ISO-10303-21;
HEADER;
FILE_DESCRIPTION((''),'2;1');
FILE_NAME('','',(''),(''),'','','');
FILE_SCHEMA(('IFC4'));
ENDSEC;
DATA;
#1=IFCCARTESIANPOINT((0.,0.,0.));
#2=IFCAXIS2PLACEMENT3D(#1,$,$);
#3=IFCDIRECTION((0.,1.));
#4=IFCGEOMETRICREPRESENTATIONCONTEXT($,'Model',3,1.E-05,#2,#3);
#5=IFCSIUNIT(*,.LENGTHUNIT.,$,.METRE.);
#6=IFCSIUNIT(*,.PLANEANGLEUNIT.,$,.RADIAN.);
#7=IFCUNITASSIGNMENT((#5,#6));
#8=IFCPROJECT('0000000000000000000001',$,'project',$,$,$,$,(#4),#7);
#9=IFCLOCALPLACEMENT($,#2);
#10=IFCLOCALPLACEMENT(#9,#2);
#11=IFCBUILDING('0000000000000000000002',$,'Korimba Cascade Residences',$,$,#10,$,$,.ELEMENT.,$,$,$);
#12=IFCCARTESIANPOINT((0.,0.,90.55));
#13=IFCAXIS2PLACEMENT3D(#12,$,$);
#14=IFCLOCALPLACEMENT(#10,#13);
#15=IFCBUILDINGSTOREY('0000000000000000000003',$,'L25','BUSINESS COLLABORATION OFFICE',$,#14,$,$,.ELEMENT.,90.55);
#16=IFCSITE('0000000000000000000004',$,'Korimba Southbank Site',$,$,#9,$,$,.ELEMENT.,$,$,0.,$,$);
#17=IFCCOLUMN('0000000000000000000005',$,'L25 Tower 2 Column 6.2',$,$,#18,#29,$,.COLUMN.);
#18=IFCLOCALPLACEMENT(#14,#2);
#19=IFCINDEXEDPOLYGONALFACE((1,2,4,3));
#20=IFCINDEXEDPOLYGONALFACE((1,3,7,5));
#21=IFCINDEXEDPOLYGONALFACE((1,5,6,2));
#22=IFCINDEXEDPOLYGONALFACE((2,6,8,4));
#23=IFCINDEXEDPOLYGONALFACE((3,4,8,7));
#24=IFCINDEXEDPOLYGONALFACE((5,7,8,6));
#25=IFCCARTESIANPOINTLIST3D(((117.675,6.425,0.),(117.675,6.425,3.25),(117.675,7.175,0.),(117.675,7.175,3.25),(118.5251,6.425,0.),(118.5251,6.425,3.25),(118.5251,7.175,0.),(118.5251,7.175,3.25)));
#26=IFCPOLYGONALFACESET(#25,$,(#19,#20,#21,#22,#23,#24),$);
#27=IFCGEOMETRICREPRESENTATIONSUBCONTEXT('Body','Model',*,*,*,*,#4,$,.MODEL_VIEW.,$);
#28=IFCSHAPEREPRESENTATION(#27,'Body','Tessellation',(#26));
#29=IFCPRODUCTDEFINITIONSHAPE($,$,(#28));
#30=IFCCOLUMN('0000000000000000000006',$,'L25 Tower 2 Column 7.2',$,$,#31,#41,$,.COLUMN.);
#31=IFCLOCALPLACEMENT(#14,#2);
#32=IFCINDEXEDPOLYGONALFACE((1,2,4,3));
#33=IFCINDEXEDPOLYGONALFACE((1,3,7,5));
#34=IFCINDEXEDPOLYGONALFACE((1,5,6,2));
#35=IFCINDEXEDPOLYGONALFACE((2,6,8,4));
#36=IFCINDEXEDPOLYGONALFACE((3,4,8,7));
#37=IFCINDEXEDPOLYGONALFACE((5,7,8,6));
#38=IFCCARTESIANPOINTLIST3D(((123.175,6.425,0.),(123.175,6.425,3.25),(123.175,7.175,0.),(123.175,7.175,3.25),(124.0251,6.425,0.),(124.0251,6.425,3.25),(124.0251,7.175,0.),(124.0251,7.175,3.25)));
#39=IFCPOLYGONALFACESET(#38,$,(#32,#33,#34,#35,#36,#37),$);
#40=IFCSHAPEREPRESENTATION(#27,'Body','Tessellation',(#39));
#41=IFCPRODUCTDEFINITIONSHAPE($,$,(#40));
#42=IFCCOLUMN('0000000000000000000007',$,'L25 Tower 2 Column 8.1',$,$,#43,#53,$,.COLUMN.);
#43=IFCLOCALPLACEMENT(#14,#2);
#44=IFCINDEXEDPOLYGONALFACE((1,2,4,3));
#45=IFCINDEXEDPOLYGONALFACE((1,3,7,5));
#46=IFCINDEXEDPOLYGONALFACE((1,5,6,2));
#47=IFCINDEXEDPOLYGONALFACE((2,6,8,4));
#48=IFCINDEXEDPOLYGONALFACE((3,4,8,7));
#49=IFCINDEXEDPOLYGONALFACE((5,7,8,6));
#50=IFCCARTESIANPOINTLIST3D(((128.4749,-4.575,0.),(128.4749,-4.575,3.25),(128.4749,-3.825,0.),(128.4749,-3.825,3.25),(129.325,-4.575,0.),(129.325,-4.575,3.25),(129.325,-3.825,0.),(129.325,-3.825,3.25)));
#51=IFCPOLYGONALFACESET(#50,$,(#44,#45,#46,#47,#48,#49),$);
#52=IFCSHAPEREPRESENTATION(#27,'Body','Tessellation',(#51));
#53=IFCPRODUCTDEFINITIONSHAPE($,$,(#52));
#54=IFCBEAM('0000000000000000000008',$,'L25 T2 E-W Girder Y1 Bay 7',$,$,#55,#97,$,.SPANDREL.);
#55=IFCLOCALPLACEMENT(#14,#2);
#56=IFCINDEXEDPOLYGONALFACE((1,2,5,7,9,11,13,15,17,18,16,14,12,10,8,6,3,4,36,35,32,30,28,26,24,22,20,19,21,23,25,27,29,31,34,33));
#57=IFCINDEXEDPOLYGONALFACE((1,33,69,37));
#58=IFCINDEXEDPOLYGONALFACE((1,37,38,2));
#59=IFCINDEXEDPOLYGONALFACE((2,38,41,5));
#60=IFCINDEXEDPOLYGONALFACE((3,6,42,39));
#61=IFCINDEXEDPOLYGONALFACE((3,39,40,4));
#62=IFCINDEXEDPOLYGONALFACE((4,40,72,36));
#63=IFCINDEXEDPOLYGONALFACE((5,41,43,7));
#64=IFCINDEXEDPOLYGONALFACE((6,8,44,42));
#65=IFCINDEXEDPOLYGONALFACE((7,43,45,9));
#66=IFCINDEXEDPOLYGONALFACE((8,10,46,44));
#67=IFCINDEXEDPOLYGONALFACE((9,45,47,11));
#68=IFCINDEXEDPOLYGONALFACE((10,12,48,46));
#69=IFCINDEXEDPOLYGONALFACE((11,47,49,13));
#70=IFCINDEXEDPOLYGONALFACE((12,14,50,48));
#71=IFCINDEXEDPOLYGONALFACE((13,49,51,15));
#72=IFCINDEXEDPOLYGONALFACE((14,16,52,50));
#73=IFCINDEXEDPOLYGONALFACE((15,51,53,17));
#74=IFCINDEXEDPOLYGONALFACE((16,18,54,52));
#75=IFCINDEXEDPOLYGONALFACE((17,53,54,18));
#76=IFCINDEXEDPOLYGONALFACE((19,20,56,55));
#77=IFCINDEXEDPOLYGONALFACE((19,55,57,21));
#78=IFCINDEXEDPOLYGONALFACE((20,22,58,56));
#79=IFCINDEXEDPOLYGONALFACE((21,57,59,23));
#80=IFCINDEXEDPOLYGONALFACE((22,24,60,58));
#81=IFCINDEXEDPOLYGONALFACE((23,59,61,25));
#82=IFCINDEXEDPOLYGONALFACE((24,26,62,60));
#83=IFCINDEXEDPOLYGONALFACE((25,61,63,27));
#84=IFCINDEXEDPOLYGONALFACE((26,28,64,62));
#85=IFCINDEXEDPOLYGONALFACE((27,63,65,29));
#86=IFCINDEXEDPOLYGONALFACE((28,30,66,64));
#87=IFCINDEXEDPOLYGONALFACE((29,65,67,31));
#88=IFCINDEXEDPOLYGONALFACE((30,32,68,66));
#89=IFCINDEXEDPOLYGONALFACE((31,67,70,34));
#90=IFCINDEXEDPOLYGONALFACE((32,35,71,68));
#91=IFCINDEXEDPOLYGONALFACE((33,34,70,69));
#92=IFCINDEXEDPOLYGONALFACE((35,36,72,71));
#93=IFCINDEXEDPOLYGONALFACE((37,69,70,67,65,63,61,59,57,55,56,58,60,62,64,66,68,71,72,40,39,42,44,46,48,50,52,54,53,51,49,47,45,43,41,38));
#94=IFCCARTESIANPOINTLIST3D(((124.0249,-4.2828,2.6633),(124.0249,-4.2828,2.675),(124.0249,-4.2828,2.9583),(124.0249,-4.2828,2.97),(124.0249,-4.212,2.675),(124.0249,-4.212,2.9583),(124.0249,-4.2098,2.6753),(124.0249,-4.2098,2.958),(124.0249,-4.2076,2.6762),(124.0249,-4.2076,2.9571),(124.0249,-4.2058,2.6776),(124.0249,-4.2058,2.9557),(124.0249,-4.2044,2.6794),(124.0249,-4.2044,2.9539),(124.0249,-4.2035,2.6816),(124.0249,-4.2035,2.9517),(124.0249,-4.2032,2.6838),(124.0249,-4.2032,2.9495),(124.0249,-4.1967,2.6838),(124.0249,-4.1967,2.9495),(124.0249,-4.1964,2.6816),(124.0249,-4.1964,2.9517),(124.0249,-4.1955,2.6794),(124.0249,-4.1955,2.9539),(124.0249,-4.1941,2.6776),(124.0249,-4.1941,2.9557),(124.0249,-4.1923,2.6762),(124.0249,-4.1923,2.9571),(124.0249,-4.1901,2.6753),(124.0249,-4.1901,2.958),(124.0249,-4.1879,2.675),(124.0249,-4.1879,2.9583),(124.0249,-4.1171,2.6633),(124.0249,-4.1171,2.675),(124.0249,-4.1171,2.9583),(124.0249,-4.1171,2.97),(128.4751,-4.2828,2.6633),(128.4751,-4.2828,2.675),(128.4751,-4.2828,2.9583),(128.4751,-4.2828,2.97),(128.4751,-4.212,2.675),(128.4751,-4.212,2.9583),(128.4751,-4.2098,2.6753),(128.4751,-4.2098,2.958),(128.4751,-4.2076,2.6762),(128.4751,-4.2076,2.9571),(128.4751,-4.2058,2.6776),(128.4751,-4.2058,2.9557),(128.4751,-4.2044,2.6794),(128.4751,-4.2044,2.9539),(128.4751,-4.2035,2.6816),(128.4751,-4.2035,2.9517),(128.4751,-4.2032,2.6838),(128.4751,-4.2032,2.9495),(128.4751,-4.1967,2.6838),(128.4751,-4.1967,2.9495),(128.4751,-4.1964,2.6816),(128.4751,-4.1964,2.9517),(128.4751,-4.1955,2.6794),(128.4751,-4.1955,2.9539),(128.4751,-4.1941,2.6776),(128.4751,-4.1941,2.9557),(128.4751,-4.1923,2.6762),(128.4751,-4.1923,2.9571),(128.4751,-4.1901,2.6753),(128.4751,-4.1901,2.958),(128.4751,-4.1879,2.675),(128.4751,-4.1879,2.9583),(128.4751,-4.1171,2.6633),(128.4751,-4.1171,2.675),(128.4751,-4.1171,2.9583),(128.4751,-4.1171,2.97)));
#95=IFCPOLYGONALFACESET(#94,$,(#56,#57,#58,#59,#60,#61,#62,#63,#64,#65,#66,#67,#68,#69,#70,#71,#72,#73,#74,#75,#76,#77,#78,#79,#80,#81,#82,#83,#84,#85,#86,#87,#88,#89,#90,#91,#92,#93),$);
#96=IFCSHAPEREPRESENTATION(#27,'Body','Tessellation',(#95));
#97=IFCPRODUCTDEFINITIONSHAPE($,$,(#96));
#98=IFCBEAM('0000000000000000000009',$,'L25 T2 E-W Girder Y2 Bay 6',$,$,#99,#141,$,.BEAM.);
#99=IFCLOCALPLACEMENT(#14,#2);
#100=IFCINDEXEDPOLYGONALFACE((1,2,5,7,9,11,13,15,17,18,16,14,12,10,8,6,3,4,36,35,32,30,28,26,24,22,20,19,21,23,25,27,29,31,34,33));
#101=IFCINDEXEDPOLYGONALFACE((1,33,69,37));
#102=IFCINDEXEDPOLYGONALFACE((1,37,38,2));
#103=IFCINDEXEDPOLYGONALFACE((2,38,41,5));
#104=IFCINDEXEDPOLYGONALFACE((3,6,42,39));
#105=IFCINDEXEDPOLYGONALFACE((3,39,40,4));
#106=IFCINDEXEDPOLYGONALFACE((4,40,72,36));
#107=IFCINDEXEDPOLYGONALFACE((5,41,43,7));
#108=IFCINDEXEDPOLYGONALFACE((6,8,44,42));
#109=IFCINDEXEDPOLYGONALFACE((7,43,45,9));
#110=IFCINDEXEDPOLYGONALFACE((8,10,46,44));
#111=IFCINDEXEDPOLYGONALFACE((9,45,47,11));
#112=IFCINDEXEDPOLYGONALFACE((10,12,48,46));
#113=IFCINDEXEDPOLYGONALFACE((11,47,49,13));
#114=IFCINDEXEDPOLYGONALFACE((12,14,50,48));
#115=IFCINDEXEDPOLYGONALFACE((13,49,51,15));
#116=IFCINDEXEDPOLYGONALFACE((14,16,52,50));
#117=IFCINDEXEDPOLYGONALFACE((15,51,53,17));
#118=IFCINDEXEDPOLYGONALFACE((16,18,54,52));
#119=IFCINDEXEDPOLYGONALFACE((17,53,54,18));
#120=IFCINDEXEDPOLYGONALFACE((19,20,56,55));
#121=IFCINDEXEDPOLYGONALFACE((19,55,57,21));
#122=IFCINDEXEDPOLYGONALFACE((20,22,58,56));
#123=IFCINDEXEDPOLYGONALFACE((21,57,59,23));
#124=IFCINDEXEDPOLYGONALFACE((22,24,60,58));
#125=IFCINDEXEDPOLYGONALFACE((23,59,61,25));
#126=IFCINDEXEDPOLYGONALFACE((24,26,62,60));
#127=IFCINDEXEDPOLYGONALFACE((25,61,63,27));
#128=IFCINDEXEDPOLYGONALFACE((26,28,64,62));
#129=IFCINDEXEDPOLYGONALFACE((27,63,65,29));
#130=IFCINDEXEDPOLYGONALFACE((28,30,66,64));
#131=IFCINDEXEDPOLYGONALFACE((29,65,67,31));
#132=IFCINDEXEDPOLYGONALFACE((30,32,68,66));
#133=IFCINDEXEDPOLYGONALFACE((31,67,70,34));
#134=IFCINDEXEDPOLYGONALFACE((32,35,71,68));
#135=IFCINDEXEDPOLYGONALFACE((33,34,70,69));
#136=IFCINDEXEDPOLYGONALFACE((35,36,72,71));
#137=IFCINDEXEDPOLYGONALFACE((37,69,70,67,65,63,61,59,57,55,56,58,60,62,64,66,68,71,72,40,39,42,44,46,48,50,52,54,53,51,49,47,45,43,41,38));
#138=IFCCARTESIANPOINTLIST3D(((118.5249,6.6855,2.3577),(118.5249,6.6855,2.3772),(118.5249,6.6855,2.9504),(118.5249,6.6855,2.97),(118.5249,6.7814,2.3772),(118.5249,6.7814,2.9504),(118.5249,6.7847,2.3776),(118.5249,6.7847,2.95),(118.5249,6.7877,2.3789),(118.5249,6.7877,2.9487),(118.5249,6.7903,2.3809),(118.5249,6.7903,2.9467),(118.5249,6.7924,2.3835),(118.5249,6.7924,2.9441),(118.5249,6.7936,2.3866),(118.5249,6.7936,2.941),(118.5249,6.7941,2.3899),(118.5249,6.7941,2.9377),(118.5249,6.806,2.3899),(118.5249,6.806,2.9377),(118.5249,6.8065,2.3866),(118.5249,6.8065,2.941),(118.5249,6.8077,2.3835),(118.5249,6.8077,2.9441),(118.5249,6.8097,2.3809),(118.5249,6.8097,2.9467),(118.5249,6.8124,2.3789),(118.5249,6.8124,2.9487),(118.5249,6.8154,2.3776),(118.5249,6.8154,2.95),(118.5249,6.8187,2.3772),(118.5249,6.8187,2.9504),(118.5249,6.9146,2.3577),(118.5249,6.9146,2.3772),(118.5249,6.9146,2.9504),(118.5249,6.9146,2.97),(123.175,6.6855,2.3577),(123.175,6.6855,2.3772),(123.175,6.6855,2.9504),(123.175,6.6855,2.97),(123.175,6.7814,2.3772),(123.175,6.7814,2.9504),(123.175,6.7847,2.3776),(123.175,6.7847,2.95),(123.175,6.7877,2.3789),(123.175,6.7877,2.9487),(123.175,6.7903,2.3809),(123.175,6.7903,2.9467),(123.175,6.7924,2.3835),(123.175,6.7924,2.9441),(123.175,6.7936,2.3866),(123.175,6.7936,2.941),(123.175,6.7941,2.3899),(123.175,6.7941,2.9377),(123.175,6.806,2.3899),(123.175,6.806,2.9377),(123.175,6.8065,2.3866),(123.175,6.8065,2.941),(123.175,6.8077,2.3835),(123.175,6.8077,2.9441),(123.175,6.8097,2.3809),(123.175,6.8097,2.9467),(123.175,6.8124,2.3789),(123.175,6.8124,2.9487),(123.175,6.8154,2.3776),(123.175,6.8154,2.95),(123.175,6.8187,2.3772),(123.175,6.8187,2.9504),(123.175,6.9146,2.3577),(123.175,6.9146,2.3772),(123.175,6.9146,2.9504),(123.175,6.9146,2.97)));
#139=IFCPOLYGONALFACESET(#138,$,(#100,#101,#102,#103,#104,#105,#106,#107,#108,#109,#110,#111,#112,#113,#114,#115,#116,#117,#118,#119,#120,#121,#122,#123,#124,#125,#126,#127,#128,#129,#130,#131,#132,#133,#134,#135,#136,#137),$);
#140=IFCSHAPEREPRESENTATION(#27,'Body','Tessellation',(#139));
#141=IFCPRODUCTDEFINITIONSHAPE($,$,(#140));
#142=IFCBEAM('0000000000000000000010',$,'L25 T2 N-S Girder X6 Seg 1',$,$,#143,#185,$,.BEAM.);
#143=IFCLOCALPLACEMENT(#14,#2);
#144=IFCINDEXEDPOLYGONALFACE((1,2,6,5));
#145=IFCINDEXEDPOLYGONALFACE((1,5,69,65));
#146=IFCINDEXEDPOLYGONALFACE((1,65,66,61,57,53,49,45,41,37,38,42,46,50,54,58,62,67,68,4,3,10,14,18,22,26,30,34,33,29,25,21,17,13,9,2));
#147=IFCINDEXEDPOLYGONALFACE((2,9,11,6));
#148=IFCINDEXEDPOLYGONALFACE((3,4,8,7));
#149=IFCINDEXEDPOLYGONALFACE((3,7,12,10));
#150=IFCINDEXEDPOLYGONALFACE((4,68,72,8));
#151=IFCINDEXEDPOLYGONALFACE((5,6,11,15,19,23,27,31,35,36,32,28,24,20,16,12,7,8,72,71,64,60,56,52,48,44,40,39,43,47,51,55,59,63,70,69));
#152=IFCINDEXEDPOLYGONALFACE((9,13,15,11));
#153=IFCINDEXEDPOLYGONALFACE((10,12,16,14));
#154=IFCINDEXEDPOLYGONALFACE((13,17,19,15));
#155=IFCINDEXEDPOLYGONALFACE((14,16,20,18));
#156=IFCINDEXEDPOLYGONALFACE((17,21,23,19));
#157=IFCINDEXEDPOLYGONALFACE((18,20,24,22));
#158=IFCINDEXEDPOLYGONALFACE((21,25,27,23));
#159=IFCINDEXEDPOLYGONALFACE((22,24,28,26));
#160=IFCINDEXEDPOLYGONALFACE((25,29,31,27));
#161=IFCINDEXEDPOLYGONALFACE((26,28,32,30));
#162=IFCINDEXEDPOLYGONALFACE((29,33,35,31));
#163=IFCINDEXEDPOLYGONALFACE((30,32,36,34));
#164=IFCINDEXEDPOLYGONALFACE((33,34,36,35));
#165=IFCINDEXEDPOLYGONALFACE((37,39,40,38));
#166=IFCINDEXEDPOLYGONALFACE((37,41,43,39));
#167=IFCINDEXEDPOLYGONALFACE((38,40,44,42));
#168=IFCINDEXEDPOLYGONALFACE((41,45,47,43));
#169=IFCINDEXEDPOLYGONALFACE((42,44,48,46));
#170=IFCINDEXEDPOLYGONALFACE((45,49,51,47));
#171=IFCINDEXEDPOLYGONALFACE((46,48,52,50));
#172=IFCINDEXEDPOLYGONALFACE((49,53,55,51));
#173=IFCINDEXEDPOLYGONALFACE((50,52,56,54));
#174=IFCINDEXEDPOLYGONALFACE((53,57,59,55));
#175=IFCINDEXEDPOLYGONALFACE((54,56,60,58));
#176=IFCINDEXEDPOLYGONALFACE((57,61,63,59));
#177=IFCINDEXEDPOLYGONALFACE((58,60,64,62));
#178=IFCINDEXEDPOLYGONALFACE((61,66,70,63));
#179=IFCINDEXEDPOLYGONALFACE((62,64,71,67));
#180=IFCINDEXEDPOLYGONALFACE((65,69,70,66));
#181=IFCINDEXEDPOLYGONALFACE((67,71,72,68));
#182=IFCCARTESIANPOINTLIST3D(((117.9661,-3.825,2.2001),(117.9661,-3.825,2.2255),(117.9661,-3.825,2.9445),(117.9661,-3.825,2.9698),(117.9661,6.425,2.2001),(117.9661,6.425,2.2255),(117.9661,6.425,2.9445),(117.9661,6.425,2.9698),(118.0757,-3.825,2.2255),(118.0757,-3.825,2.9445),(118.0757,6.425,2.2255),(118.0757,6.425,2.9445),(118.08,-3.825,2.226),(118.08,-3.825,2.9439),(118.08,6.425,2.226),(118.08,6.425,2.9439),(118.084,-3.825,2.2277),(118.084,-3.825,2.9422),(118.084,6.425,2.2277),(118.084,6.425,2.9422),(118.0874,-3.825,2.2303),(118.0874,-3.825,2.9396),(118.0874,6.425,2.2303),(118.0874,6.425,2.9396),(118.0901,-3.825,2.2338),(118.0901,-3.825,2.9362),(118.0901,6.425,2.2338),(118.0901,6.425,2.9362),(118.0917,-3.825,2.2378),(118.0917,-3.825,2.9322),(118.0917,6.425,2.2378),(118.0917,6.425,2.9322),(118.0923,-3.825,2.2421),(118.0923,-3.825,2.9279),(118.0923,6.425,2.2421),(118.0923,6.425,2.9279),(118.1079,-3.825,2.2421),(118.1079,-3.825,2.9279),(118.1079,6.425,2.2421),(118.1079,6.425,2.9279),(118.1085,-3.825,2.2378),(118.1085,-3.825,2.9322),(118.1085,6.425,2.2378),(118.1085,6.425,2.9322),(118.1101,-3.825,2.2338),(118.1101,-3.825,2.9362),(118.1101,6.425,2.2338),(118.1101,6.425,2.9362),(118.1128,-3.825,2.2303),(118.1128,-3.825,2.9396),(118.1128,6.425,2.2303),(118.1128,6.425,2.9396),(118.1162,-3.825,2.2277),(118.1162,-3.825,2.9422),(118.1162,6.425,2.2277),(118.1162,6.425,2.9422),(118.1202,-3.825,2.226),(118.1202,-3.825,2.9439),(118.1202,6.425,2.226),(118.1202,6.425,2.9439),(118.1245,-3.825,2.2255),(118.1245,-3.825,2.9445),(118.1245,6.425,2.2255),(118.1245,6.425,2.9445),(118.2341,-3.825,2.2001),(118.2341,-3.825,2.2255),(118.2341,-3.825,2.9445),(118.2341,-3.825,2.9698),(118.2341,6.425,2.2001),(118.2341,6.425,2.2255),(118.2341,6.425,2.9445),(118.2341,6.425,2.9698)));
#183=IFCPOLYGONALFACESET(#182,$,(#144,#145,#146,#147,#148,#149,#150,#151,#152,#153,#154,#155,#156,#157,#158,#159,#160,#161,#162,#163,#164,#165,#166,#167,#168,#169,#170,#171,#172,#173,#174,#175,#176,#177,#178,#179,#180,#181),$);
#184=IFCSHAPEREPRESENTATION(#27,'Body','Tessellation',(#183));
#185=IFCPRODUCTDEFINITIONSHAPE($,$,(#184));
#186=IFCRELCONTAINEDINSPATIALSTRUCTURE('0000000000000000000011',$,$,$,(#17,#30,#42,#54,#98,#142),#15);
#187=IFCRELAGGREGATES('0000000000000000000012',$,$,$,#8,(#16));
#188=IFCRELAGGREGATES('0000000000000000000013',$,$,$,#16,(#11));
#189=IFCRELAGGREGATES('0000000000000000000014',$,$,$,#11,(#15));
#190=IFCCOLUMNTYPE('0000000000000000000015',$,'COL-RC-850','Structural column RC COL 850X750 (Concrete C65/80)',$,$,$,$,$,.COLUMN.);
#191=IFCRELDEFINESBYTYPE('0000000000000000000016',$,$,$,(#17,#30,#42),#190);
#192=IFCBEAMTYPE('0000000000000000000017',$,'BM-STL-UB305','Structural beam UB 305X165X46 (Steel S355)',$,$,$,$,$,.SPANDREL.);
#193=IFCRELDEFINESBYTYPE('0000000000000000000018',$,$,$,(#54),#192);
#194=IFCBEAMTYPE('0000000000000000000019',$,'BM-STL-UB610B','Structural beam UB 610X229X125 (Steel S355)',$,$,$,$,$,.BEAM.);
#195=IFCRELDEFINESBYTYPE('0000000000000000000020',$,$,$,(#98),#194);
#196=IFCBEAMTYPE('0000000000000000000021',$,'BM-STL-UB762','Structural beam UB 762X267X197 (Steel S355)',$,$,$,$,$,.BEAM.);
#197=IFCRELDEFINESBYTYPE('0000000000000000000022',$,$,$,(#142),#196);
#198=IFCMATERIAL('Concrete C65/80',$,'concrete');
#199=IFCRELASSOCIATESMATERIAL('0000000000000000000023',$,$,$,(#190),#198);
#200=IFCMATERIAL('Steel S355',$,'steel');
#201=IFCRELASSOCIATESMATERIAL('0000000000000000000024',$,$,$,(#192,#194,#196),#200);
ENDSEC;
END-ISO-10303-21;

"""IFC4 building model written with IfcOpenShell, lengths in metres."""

from ifc_helpers import new_model, si_unit, direction, frame, origin, origin_2d, place, context, subcontext, project, spatial, rectangle, i_section, extrude, material, material_profile, profile_set, type_object, element, save


model = new_model("IFC4")

# Units and contexts
model_context = context("Model", 3, precision=1e-05, world=origin(), true_north=direction((0.0, 1.0)))
body_context = subcontext(model_context, "Body", "Model", "MODEL_VIEW")
ifc_project = project(units=[si_unit("LENGTHUNIT", "METRE"), si_unit("PLANEANGLEUNIT", "RADIAN")], contexts=[model_context])

# Site, building, storey
site_placement = place(None, origin())
site = spatial("IfcSite", under=ifc_project, at=site_placement, Name="Korimba Southbank Site", CompositionType="ELEMENT", RefElevation=0.0)
building_placement = place(site_placement, origin())
building = spatial("IfcBuilding", under=site, at=building_placement, Name="Korimba Cascade Residences", CompositionType="ELEMENT")
storey_placement = place(building_placement, frame((0.0, 0.0, 90.55)))
storey = spatial("IfcBuildingStorey", under=building, at=storey_placement, Name="L25", Description="BUSINESS COLLABORATION OFFICE", CompositionType="ELEMENT", Elevation=90.55)

# Columns
ifc_material_1 = material(Name="Concrete C65/80", Category="concrete")
ifc_material_profile_1 = material_profile(ifc_material_1, rectangle(XDim=0.8501, YDim=0.75, at=origin_2d()), Name="Concrete C65/80")
ifc_profile_set_1 = profile_set([ifc_material_profile_1], Name="Concrete C65/80")
column_type = type_object("IfcColumnType", Name="COL-RC-850", Description="Structural column RC COL 850X750 (Concrete C65/80)", PredefinedType="COLUMN", material=ifc_profile_set_1)
for number, where, z_axis, x_axis, name in (
    (1, (118.1001, 6.8, 0.0), (0.0, 0.0, 1.0), (1.0, 0.0, 0.0), "L25 Tower 2 Column 6.2"),
    (2, (123.6001, 6.8, 0.0), (0.0, 0.0, 1.0), (1.0, 0.0, 0.0), "L25 Tower 2 Column 7.2"),
    (3, (128.8999, -4.2, 0.0), (0.0, 0.0, 1.0), (1.0, 0.0, 0.0), "L25 Tower 2 Column 8.1"),
):
    element("IfcColumn", number, at=place(storey_placement, frame(where, z_axis=z_axis, x_axis=x_axis)), inside=storey, type_object=column_type, Name=name, PredefinedType="COLUMN", context=body_context, shape_type="SweptSolid", body=[
        extrude(rectangle(XDim=0.8501, YDim=0.75, at=origin_2d()), origin(), (0.0, 0.0, 1.0), 3.25),
    ])

# Beams
ifc_material_2 = material(Name="Steel S355", Category="steel")
ifc_material_profile_2 = material_profile(ifc_material_2, i_section(OverallWidth=0.1658, OverallDepth=0.3066, WebThickness=0.0066, FlangeThickness=0.0117, FilletRadius=0.0088, at=origin_2d()), Name="Steel S355")
ifc_profile_set_2 = profile_set([ifc_material_profile_2], Name="Steel S355")
beam_type_1 = type_object("IfcBeamType", Name="BM-STL-UB305", Description="Structural beam UB 305X165X46 (Steel S355)", PredefinedType="SPANDREL", material=ifc_profile_set_2)
beam_1_placement = place(storey_placement, frame((124.0249, -4.2, 2.8167), z_axis=(1.0, 0.0, 0.0), x_axis=(0.0, 1.0, 0.0)))
element("IfcBeam", 4, at=beam_1_placement, inside=storey, type_object=beam_type_1, Name="L25 T2 E-W Girder Y1 Bay 7", PredefinedType="SPANDREL", context=body_context, shape_type="SweptSolid", body=[
    extrude(i_section(OverallWidth=0.1658, OverallDepth=0.3066, WebThickness=0.0066, FlangeThickness=0.0117, FilletRadius=0.0088, at=origin_2d()), origin(), (0.0, 0.0, 1.0), 4.4502),
])
ifc_material_profile_3 = material_profile(ifc_material_2, i_section(OverallWidth=0.229, OverallDepth=0.6123, WebThickness=0.012, FlangeThickness=0.0195, FilletRadius=0.0127, at=origin_2d()), Name="Steel S355")
ifc_profile_set_3 = profile_set([ifc_material_profile_3], Name="Steel S355")
beam_type_2 = type_object("IfcBeamType", Name="BM-STL-UB610B", Description="Structural beam UB 610X229X125 (Steel S355)", PredefinedType="BEAM", material=ifc_profile_set_3)
beam_2_placement = place(storey_placement, frame((118.5249, 6.8, 2.6638), z_axis=(1.0, 0.0, 0.0), x_axis=(0.0, 1.0, 0.0)))
element("IfcBeam", 5, at=beam_2_placement, inside=storey, type_object=beam_type_2, Name="L25 T2 E-W Girder Y2 Bay 6", PredefinedType="BEAM", context=body_context, shape_type="SweptSolid", body=[
    extrude(i_section(OverallWidth=0.229, OverallDepth=0.6123, WebThickness=0.012, FlangeThickness=0.0195, FilletRadius=0.0127, at=origin_2d()), origin(), (0.0, 0.0, 1.0), 4.6501),
])
ifc_material_profile_4 = material_profile(ifc_material_2, i_section(OverallWidth=0.2681, OverallDepth=0.7698, WebThickness=0.0156, FlangeThickness=0.0254, FilletRadius=0.0166, at=origin_2d()), Name="Steel S355")
ifc_profile_set_4 = profile_set([ifc_material_profile_4], Name="Steel S355")
beam_type_3 = type_object("IfcBeamType", Name="BM-STL-UB762", Description="Structural beam UB 762X267X197 (Steel S355)", PredefinedType="BEAM", material=ifc_profile_set_4)
for number, where, z_axis, x_axis, name in (
    (6, (118.1001, -3.825, 2.585), (0.0, 1.0, 0.0), (-1.0, 0.0, 0.0), "L25 T2 N-S Girder X6 Seg 1"),
):
    element("IfcBeam", number, at=place(storey_placement, frame(where, z_axis=z_axis, x_axis=x_axis)), inside=storey, type_object=beam_type_3, Name=name, PredefinedType="BEAM", context=body_context, shape_type="SweptSolid", body=[
        extrude(i_section(OverallWidth=0.2681, OverallDepth=0.7698, WebThickness=0.0156, FlangeThickness=0.0254, FilletRadius=0.0166, at=origin_2d()), origin(), (0.0, 0.0, 1.0), 10.25),
    ])

save(model, "model.ifc")
